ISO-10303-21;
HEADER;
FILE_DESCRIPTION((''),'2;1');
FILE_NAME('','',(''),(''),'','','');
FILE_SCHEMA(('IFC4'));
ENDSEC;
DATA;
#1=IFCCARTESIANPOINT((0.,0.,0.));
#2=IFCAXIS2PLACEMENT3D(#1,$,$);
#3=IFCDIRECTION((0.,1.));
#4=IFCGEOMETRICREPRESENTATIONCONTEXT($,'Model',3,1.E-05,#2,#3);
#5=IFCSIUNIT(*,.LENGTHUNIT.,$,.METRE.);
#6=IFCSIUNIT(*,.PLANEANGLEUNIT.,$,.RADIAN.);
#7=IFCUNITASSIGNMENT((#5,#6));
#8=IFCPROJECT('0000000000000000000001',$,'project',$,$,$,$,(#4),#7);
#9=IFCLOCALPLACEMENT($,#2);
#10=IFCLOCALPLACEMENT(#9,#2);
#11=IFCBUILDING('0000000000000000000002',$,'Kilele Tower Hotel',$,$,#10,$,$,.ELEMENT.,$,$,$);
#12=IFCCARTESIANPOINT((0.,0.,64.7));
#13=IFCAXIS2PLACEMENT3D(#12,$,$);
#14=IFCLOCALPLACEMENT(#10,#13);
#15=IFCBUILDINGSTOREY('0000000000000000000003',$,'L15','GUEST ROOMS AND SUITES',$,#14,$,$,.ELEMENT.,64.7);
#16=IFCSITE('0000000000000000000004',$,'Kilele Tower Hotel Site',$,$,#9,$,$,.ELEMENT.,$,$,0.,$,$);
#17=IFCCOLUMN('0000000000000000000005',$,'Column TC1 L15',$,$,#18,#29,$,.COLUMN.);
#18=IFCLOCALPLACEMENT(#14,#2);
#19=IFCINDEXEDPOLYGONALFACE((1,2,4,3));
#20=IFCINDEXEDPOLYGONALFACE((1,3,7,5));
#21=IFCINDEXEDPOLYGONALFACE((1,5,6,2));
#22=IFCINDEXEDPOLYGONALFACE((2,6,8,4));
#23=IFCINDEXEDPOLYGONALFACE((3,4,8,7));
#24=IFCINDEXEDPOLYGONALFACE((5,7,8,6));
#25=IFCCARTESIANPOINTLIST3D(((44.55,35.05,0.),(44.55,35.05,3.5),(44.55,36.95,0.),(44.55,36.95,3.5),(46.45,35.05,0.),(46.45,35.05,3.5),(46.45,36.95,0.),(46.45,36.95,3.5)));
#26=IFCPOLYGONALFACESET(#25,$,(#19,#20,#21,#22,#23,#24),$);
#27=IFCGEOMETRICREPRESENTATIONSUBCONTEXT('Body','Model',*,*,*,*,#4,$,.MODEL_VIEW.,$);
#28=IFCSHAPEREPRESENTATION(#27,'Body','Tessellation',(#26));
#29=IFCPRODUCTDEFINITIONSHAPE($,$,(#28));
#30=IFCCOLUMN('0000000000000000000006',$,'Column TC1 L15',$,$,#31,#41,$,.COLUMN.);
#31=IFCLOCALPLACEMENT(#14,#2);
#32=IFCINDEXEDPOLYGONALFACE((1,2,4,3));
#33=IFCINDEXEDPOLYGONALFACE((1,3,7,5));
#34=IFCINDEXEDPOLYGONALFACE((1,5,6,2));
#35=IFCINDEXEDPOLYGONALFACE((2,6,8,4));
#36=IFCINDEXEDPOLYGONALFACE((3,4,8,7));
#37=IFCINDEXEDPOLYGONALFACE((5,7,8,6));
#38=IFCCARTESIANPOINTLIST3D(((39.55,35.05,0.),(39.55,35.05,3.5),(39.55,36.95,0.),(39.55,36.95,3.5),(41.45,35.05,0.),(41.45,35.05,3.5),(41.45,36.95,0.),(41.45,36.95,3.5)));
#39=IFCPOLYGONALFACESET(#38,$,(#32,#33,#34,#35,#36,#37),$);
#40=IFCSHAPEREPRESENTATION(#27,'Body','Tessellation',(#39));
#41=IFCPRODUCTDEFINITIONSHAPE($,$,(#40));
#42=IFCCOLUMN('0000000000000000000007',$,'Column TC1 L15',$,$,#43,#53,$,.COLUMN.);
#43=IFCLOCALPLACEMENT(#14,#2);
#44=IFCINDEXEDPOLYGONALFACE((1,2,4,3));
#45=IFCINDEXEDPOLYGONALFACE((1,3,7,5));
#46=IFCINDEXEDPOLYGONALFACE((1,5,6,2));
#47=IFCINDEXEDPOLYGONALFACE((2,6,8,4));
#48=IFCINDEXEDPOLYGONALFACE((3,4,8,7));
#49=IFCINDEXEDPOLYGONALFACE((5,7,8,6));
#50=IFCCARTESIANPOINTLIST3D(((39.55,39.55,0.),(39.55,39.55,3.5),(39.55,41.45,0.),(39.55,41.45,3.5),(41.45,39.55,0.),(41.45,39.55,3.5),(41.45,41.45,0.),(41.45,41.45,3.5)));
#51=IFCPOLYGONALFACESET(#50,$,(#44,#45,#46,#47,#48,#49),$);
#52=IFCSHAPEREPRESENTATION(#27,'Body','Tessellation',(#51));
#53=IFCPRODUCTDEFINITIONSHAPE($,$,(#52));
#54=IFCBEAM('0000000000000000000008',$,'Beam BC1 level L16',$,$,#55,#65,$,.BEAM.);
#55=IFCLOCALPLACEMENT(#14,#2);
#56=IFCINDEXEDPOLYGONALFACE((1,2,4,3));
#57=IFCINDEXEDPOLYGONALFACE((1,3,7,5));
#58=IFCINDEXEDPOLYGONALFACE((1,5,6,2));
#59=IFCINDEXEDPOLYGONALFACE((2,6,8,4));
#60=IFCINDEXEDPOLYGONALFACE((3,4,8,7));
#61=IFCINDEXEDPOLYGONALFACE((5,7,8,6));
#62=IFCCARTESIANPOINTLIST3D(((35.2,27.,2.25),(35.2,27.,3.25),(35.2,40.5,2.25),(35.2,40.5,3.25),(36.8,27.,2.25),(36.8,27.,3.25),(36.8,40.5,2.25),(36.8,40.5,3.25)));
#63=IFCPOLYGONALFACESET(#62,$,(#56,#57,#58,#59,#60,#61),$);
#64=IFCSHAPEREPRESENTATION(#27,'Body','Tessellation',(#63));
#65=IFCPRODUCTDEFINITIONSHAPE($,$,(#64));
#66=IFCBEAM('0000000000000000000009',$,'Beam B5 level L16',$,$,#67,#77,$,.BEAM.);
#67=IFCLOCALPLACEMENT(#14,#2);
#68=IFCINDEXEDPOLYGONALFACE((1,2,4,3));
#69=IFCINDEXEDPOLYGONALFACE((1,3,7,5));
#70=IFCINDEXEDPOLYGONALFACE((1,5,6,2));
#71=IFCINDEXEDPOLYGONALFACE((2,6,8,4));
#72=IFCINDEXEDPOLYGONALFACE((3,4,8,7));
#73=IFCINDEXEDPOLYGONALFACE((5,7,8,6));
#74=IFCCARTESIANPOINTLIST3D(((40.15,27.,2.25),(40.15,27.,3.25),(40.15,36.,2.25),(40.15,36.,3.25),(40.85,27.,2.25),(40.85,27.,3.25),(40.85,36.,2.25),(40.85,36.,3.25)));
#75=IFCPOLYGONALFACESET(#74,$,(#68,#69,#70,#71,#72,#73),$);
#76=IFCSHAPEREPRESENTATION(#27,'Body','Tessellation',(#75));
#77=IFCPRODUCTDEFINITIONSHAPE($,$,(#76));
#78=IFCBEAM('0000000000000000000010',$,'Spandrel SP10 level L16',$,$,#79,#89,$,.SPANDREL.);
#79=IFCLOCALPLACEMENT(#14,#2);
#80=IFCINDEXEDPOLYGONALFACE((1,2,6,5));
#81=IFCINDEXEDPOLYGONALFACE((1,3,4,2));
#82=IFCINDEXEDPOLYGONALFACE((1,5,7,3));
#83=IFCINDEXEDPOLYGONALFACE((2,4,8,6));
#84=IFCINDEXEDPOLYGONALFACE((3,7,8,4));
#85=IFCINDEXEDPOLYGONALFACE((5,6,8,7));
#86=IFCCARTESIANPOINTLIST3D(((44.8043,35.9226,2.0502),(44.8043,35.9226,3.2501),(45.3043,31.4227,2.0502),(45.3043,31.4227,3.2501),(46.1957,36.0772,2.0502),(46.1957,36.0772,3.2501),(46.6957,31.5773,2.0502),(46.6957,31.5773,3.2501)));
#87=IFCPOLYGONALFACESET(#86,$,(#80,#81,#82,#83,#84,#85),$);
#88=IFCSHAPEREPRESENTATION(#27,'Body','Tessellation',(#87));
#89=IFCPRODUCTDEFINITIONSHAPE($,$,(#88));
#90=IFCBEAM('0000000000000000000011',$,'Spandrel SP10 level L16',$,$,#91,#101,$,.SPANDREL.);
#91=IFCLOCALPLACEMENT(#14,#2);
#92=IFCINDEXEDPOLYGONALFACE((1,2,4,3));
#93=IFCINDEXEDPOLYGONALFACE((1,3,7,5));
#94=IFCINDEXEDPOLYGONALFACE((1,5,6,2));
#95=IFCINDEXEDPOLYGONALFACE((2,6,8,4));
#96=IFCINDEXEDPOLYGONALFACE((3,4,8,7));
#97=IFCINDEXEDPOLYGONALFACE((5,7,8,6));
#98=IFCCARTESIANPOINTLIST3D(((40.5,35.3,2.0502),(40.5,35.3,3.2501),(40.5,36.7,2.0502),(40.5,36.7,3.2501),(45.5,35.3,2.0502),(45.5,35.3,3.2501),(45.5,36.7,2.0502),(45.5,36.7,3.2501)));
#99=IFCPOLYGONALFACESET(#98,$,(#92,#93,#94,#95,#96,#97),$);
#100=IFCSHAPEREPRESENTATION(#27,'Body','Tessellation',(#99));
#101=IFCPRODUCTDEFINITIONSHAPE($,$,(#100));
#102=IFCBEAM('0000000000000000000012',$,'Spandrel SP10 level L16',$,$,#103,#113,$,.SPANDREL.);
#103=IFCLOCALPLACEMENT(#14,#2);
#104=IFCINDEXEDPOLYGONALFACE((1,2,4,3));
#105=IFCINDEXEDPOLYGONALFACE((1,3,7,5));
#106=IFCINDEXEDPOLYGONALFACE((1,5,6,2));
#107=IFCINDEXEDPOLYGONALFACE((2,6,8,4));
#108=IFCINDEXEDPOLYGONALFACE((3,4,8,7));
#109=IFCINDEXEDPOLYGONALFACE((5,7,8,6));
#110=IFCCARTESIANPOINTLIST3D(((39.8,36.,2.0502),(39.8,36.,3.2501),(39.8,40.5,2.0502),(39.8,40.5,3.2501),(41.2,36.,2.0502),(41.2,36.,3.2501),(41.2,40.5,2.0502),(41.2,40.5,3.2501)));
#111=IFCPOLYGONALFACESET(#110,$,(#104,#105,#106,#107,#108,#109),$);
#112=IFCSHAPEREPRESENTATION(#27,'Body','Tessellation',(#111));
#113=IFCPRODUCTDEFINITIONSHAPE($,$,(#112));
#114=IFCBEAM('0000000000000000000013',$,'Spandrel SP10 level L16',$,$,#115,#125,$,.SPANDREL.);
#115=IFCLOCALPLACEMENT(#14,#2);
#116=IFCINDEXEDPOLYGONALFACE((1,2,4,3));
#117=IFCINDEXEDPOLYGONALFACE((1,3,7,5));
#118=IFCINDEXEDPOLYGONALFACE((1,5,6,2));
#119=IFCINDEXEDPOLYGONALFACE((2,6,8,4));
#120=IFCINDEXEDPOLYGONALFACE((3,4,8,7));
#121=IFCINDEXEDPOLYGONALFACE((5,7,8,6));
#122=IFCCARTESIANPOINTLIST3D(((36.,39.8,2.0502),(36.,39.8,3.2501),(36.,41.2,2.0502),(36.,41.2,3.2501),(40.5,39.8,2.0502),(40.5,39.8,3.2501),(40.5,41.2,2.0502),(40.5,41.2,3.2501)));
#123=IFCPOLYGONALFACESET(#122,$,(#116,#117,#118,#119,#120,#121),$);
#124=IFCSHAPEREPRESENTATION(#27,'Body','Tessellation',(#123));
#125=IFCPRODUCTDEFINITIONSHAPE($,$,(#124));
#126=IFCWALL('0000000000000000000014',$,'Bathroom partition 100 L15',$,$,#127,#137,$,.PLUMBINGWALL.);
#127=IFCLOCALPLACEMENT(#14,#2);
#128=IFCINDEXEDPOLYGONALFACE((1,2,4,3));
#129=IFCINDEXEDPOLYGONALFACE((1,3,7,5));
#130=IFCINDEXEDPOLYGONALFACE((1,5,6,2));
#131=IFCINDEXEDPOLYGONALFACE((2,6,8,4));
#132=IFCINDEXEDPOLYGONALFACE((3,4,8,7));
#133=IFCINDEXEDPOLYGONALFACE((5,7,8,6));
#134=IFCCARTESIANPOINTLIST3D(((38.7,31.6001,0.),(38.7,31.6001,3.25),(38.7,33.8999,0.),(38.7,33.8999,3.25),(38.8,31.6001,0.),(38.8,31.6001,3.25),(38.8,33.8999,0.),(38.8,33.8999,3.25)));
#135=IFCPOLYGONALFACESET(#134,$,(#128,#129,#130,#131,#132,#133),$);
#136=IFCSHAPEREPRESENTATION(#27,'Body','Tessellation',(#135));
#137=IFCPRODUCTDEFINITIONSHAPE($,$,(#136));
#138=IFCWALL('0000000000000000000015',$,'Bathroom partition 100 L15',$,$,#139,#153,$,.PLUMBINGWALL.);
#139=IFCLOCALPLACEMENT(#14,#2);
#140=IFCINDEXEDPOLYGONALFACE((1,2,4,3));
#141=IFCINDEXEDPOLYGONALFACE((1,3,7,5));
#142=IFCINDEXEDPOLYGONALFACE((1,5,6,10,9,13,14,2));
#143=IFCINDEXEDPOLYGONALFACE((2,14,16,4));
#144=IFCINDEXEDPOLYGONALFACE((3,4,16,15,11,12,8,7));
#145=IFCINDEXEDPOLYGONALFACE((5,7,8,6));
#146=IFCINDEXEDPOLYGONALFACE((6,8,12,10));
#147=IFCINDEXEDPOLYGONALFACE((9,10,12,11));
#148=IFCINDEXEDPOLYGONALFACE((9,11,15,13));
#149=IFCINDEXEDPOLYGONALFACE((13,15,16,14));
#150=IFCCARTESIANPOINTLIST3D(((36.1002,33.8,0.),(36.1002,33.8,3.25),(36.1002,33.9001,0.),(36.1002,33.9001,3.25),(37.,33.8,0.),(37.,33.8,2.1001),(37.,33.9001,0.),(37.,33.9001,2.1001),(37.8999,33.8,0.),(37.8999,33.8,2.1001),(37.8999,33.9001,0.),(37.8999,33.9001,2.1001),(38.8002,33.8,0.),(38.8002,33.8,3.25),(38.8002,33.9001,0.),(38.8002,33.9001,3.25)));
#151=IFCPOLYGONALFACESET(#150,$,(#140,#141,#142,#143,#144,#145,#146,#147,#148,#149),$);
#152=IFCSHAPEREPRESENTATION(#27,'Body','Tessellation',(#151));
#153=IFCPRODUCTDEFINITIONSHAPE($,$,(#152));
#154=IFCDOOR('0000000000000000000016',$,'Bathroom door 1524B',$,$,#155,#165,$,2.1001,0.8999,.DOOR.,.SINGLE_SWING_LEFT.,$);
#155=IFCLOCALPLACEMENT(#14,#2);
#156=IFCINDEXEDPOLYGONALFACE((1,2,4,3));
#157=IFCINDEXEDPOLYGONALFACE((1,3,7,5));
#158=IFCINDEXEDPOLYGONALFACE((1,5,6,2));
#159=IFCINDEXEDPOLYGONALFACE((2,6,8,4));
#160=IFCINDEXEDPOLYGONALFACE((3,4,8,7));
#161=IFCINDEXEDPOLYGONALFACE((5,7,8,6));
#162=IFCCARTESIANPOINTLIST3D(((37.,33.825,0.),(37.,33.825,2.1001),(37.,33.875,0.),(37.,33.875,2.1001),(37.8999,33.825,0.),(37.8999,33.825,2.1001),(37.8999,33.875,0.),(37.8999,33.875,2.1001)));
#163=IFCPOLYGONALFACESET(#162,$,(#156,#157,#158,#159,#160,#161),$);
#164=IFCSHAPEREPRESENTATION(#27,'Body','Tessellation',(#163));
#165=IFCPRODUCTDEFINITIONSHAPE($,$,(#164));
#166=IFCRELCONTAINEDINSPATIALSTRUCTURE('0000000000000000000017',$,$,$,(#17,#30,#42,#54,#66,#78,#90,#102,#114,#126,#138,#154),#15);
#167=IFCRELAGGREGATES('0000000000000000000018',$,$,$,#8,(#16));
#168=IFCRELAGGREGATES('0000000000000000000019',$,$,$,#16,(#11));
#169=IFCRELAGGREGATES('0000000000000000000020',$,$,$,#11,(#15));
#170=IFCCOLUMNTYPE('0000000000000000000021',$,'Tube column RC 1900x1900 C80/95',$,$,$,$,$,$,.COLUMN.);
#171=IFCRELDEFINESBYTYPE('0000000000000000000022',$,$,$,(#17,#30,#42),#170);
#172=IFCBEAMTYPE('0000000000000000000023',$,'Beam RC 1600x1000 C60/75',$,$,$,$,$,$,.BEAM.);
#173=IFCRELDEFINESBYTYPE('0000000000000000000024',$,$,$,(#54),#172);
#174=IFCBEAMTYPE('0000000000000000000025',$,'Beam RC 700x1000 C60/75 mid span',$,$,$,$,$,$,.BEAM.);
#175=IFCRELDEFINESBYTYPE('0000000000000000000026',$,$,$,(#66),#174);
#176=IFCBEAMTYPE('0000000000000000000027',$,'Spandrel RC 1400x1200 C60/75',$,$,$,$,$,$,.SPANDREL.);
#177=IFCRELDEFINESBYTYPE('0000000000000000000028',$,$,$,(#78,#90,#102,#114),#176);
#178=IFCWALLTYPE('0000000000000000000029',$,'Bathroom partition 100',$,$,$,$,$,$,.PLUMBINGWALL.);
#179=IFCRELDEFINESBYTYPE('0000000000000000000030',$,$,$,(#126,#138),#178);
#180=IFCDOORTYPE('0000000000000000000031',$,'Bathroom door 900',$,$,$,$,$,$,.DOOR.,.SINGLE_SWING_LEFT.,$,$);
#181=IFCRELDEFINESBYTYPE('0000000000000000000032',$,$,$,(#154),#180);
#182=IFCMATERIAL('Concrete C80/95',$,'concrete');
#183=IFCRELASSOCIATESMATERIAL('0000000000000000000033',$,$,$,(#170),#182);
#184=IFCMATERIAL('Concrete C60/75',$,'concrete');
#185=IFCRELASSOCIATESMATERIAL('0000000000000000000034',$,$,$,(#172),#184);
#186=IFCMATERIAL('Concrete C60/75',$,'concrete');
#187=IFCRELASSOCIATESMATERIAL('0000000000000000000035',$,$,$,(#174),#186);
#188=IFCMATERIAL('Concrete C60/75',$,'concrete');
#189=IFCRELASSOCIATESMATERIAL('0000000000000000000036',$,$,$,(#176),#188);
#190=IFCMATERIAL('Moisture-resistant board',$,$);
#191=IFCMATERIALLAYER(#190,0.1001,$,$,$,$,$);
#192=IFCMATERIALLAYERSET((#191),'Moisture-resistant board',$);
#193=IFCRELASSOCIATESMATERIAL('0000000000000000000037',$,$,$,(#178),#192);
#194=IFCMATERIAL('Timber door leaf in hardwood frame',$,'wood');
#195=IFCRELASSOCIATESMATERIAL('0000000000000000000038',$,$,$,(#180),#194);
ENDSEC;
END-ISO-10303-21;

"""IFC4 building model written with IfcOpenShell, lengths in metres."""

from ifc_helpers import new_model, si_unit, direction, frame, frame_2d, origin, origin_2d, place, context, subcontext, project, spatial, rectangle, extrude, material, layer, layer_set, material_profile, profile_set, type_object, element, fill, save


model = new_model("IFC4")

# Units and contexts
model_context = context("Model", 3, precision=1e-05, world=origin(), true_north=direction((0.0, 1.0)))
body_context = subcontext(model_context, "Body", "Model", "MODEL_VIEW")
ifc_project = project(units=[si_unit("LENGTHUNIT", "METRE"), si_unit("PLANEANGLEUNIT", "RADIAN")], contexts=[model_context])

# Site, building, storey
site_placement = place(None, origin())
site = spatial("IfcSite", under=ifc_project, at=site_placement, Name="Kilele Tower Hotel Site", CompositionType="ELEMENT", RefElevation=0.0)
building_placement = place(site_placement, origin())
building = spatial("IfcBuilding", under=site, at=building_placement, Name="Kilele Tower Hotel", CompositionType="ELEMENT")
storey_placement = place(building_placement, frame((0.0, 0.0, 64.7)))
storey = spatial("IfcBuildingStorey", under=building, at=storey_placement, Name="L15", Description="GUEST ROOMS AND SUITES", CompositionType="ELEMENT", Elevation=64.7)

# Columns
ifc_material_1 = material(Name="Concrete C80/95", Category="concrete")
ifc_material_profile_1 = material_profile(ifc_material_1, rectangle(XDim=1.8999, YDim=1.8999, at=origin_2d()))
ifc_profile_set_1 = profile_set([ifc_material_profile_1], Name="Concrete C80/95")
column_type = type_object("IfcColumnType", Name="Tube column RC 1900x1900 C80/95", PredefinedType="COLUMN", material=ifc_profile_set_1)
for number, where, z_axis, x_axis, name in (
    (1, (45.5, 36.0, 0.0), (0.0, 0.0, 1.0), (1.0, 0.0, 0.0), "Column TC1 L15"),
    (2, (40.5, 36.0, 0.0), (0.0, 0.0, 1.0), (1.0, 0.0, 0.0), "Column TC1 L15"),
    (3, (40.5, 40.5, 0.0), (0.0, 0.0, 1.0), (1.0, 0.0, 0.0), "Column TC1 L15"),
):
    element("IfcColumn", number, at=place(storey_placement, frame(where, z_axis=z_axis, x_axis=x_axis)), inside=storey, type_object=column_type, Name=name, PredefinedType="COLUMN", context=body_context, shape_type="SweptSolid", body=[
        extrude(rectangle(XDim=1.8999, YDim=1.8999, at=origin_2d()), origin(), (0.0, 0.0, 1.0), 3.5),
    ])

# Beams
ifc_material_2 = material(Name="Concrete C60/75", Category="concrete")
ifc_material_profile_2 = material_profile(ifc_material_2, rectangle(XDim=1.6001, YDim=1.0, at=origin_2d()))
ifc_profile_set_2 = profile_set([ifc_material_profile_2], Name="Concrete C60/75")
beam_type_1 = type_object("IfcBeamType", Name="Beam RC 1600x1000 C60/75", PredefinedType="BEAM", material=ifc_profile_set_2)
beam_1_placement = place(storey_placement, frame((36.0, 40.5, 2.75), z_axis=(0.0, -1.0, 0.0), x_axis=(1.0, 0.0, 0.0)))
element("IfcBeam", 4, at=beam_1_placement, inside=storey, type_object=beam_type_1, Name="Beam BC1 level L16", PredefinedType="BEAM", context=body_context, shape_type="SweptSolid", body=[
    extrude(rectangle(XDim=1.6001, YDim=1.0, at=origin_2d()), origin(), (0.0, 0.0, 1.0), 13.5),
])
ifc_material_3 = material(Name="Concrete C60/75", Category="concrete")
ifc_material_profile_3 = material_profile(ifc_material_3, rectangle(XDim=0.7, YDim=1.0, at=origin_2d()))
ifc_profile_set_3 = profile_set([ifc_material_profile_3], Name="Concrete C60/75")
beam_type_2 = type_object("IfcBeamType", Name="Beam RC 700x1000 C60/75 mid span", PredefinedType="BEAM", material=ifc_profile_set_3)
beam_2_placement = place(storey_placement, frame((40.5, 36.0, 2.75), z_axis=(0.0, -1.0, 0.0), x_axis=(1.0, 0.0, 0.0)))
element("IfcBeam", 5, at=beam_2_placement, inside=storey, type_object=beam_type_2, Name="Beam B5 level L16", PredefinedType="BEAM", context=body_context, shape_type="SweptSolid", body=[
    extrude(rectangle(XDim=0.7, YDim=1.0, at=origin_2d()), origin(), (0.0, 0.0, 1.0), 9.0),
])
ifc_material_4 = material(Name="Concrete C60/75", Category="concrete")
ifc_material_profile_4 = material_profile(ifc_material_4, rectangle(XDim=1.3999, YDim=1.2, at=origin_2d()))
ifc_profile_set_4 = profile_set([ifc_material_profile_4], Name="Concrete C60/75")
beam_type_3 = type_object("IfcBeamType", Name="Spandrel RC 1400x1200 C60/75", PredefinedType="SPANDREL", material=ifc_profile_set_4)
beam_3_placement = place(storey_placement, frame((46.0, 31.5, 2.6501), z_axis=(-0.110432, 0.993884, 0.0), x_axis=(-0.993884, -0.110432, 0.0)))
element("IfcBeam", 6, at=beam_3_placement, inside=storey, type_object=beam_type_3, Name="Spandrel SP10 level L16", PredefinedType="SPANDREL", context=body_context, shape_type="SweptSolid", body=[
    extrude(rectangle(XDim=1.3999, YDim=1.2, at=origin_2d()), origin(), (0.0, 0.0, 1.0), 4.5276),
])
beam_4_placement = place(storey_placement, frame((45.5, 36.0, 2.6501), z_axis=(-1.0, 0.0, 0.0), x_axis=(0.0, -1.0, 0.0)))
element("IfcBeam", 7, at=beam_4_placement, inside=storey, type_object=beam_type_3, Name="Spandrel SP10 level L16", PredefinedType="SPANDREL", context=body_context, shape_type="SweptSolid", body=[
    extrude(rectangle(XDim=1.3999, YDim=1.2, at=origin_2d()), origin(), (0.0, 0.0, 1.0), 5.0),
])
for number, where, z_axis, x_axis, name in (
    (8, (40.5, 36.0, 2.6501), (0.0, 1.0, 0.0), (-1.0, 0.0, 0.0), "Spandrel SP10 level L16"),
    (9, (40.5, 40.5, 2.6501), (-1.0, 0.0, 0.0), (0.0, -1.0, 0.0), "Spandrel SP10 level L16"),
):
    element("IfcBeam", number, at=place(storey_placement, frame(where, z_axis=z_axis, x_axis=x_axis)), inside=storey, type_object=beam_type_3, Name=name, PredefinedType="SPANDREL", context=body_context, shape_type="SweptSolid", body=[
        extrude(rectangle(XDim=1.3999, YDim=1.2, at=origin_2d()), origin(), (0.0, 0.0, 1.0), 4.5),
    ])

# Wall
ifc_material_5 = material(Name="Moisture-resistant board")
ifc_layer_1 = layer(ifc_material_5, 0.1001)
ifc_layer_set_1 = layer_set([ifc_layer_1], Name="Moisture-resistant board")
wall_type_1 = type_object("IfcWallType", Name="Bathroom partition 100", PredefinedType="PLUMBINGWALL", material=ifc_layer_set_1)
wall_1_placement = place(storey_placement, frame((38.75, 31.6001, 0.0), z_axis=(0.0, 0.0, 1.0), x_axis=(0.0, 1.0, 0.0)))
element("IfcWall", 10, at=wall_1_placement, inside=storey, type_object=wall_type_1, Name="Bathroom partition 100 L15", PredefinedType="PLUMBINGWALL", context=body_context, shape_type="SweptSolid", body=[
    extrude(rectangle(XDim=2.2998, YDim=0.1001, at=frame_2d((1.1499, 0.0))), origin(), (0.0, 0.0, 1.0), 3.25),
])

# Wall, opening, door
wall_2_placement = place(storey_placement, frame((36.1001, 33.8501, 0.0), z_axis=(0.0, 0.0, 1.0), x_axis=(1.0, 0.0, 0.0)))
wall_2 = element("IfcWall", 11, at=wall_2_placement, inside=storey, type_object=wall_type_1, Name="Bathroom partition 100 L15", PredefinedType="PLUMBINGWALL", context=body_context, shape_type="SweptSolid", body=[
    extrude(rectangle(XDim=2.7, YDim=0.1001, at=frame_2d((1.3501, 0.0))), origin(), (0.0, 0.0, 1.0), 3.25),
])
opening_1_placement = place(wall_2_placement, frame((0.8999, 0.0, 0.0)))
opening_1 = element("IfcOpeningElement", 12, at=opening_1_placement, cuts=wall_2, PredefinedType="OPENING", context=body_context, shape_type="SweptSolid", body=[
    extrude(rectangle(XDim=0.8999, YDim=2.1001, at=frame_2d((0.45, 1.05))), frame((0.0, 0.0601, 0.0), z_axis=(0.0, -1.0, 0.0), x_axis=(1.0, 0.0, 0.0)), (0.0, 0.0, 1.0), 0.1201),
])
ifc_material_6 = material(Name="Timber door leaf in hardwood frame", Category="wood")
door_type_1 = type_object("IfcDoorType", Name="Bathroom door 900", OperationType="SINGLE_SWING_LEFT", PredefinedType="DOOR", material=ifc_material_6)
door_1_placement = place(opening_1_placement, origin())
door_1 = element("IfcDoor", 13, at=door_1_placement, inside=storey, type_object=door_type_1, Name="Bathroom door 1524B", OperationType="SINGLE_SWING_LEFT", OverallHeight=2.1001, OverallWidth=0.8999, PredefinedType="DOOR", context=body_context, shape_type="SweptSolid", body=[
    extrude(rectangle(XDim=0.8999, YDim=2.1001, at=frame_2d((0.45, 1.05))), frame((0.0, 0.0249, 0.0), z_axis=(0.0, -1.0, 0.0), x_axis=(1.0, 0.0, 0.0)), (0.0, 0.0, 1.0), 0.05),
])
fill(opening_1, door_1)

save(model, "model.ifc")
